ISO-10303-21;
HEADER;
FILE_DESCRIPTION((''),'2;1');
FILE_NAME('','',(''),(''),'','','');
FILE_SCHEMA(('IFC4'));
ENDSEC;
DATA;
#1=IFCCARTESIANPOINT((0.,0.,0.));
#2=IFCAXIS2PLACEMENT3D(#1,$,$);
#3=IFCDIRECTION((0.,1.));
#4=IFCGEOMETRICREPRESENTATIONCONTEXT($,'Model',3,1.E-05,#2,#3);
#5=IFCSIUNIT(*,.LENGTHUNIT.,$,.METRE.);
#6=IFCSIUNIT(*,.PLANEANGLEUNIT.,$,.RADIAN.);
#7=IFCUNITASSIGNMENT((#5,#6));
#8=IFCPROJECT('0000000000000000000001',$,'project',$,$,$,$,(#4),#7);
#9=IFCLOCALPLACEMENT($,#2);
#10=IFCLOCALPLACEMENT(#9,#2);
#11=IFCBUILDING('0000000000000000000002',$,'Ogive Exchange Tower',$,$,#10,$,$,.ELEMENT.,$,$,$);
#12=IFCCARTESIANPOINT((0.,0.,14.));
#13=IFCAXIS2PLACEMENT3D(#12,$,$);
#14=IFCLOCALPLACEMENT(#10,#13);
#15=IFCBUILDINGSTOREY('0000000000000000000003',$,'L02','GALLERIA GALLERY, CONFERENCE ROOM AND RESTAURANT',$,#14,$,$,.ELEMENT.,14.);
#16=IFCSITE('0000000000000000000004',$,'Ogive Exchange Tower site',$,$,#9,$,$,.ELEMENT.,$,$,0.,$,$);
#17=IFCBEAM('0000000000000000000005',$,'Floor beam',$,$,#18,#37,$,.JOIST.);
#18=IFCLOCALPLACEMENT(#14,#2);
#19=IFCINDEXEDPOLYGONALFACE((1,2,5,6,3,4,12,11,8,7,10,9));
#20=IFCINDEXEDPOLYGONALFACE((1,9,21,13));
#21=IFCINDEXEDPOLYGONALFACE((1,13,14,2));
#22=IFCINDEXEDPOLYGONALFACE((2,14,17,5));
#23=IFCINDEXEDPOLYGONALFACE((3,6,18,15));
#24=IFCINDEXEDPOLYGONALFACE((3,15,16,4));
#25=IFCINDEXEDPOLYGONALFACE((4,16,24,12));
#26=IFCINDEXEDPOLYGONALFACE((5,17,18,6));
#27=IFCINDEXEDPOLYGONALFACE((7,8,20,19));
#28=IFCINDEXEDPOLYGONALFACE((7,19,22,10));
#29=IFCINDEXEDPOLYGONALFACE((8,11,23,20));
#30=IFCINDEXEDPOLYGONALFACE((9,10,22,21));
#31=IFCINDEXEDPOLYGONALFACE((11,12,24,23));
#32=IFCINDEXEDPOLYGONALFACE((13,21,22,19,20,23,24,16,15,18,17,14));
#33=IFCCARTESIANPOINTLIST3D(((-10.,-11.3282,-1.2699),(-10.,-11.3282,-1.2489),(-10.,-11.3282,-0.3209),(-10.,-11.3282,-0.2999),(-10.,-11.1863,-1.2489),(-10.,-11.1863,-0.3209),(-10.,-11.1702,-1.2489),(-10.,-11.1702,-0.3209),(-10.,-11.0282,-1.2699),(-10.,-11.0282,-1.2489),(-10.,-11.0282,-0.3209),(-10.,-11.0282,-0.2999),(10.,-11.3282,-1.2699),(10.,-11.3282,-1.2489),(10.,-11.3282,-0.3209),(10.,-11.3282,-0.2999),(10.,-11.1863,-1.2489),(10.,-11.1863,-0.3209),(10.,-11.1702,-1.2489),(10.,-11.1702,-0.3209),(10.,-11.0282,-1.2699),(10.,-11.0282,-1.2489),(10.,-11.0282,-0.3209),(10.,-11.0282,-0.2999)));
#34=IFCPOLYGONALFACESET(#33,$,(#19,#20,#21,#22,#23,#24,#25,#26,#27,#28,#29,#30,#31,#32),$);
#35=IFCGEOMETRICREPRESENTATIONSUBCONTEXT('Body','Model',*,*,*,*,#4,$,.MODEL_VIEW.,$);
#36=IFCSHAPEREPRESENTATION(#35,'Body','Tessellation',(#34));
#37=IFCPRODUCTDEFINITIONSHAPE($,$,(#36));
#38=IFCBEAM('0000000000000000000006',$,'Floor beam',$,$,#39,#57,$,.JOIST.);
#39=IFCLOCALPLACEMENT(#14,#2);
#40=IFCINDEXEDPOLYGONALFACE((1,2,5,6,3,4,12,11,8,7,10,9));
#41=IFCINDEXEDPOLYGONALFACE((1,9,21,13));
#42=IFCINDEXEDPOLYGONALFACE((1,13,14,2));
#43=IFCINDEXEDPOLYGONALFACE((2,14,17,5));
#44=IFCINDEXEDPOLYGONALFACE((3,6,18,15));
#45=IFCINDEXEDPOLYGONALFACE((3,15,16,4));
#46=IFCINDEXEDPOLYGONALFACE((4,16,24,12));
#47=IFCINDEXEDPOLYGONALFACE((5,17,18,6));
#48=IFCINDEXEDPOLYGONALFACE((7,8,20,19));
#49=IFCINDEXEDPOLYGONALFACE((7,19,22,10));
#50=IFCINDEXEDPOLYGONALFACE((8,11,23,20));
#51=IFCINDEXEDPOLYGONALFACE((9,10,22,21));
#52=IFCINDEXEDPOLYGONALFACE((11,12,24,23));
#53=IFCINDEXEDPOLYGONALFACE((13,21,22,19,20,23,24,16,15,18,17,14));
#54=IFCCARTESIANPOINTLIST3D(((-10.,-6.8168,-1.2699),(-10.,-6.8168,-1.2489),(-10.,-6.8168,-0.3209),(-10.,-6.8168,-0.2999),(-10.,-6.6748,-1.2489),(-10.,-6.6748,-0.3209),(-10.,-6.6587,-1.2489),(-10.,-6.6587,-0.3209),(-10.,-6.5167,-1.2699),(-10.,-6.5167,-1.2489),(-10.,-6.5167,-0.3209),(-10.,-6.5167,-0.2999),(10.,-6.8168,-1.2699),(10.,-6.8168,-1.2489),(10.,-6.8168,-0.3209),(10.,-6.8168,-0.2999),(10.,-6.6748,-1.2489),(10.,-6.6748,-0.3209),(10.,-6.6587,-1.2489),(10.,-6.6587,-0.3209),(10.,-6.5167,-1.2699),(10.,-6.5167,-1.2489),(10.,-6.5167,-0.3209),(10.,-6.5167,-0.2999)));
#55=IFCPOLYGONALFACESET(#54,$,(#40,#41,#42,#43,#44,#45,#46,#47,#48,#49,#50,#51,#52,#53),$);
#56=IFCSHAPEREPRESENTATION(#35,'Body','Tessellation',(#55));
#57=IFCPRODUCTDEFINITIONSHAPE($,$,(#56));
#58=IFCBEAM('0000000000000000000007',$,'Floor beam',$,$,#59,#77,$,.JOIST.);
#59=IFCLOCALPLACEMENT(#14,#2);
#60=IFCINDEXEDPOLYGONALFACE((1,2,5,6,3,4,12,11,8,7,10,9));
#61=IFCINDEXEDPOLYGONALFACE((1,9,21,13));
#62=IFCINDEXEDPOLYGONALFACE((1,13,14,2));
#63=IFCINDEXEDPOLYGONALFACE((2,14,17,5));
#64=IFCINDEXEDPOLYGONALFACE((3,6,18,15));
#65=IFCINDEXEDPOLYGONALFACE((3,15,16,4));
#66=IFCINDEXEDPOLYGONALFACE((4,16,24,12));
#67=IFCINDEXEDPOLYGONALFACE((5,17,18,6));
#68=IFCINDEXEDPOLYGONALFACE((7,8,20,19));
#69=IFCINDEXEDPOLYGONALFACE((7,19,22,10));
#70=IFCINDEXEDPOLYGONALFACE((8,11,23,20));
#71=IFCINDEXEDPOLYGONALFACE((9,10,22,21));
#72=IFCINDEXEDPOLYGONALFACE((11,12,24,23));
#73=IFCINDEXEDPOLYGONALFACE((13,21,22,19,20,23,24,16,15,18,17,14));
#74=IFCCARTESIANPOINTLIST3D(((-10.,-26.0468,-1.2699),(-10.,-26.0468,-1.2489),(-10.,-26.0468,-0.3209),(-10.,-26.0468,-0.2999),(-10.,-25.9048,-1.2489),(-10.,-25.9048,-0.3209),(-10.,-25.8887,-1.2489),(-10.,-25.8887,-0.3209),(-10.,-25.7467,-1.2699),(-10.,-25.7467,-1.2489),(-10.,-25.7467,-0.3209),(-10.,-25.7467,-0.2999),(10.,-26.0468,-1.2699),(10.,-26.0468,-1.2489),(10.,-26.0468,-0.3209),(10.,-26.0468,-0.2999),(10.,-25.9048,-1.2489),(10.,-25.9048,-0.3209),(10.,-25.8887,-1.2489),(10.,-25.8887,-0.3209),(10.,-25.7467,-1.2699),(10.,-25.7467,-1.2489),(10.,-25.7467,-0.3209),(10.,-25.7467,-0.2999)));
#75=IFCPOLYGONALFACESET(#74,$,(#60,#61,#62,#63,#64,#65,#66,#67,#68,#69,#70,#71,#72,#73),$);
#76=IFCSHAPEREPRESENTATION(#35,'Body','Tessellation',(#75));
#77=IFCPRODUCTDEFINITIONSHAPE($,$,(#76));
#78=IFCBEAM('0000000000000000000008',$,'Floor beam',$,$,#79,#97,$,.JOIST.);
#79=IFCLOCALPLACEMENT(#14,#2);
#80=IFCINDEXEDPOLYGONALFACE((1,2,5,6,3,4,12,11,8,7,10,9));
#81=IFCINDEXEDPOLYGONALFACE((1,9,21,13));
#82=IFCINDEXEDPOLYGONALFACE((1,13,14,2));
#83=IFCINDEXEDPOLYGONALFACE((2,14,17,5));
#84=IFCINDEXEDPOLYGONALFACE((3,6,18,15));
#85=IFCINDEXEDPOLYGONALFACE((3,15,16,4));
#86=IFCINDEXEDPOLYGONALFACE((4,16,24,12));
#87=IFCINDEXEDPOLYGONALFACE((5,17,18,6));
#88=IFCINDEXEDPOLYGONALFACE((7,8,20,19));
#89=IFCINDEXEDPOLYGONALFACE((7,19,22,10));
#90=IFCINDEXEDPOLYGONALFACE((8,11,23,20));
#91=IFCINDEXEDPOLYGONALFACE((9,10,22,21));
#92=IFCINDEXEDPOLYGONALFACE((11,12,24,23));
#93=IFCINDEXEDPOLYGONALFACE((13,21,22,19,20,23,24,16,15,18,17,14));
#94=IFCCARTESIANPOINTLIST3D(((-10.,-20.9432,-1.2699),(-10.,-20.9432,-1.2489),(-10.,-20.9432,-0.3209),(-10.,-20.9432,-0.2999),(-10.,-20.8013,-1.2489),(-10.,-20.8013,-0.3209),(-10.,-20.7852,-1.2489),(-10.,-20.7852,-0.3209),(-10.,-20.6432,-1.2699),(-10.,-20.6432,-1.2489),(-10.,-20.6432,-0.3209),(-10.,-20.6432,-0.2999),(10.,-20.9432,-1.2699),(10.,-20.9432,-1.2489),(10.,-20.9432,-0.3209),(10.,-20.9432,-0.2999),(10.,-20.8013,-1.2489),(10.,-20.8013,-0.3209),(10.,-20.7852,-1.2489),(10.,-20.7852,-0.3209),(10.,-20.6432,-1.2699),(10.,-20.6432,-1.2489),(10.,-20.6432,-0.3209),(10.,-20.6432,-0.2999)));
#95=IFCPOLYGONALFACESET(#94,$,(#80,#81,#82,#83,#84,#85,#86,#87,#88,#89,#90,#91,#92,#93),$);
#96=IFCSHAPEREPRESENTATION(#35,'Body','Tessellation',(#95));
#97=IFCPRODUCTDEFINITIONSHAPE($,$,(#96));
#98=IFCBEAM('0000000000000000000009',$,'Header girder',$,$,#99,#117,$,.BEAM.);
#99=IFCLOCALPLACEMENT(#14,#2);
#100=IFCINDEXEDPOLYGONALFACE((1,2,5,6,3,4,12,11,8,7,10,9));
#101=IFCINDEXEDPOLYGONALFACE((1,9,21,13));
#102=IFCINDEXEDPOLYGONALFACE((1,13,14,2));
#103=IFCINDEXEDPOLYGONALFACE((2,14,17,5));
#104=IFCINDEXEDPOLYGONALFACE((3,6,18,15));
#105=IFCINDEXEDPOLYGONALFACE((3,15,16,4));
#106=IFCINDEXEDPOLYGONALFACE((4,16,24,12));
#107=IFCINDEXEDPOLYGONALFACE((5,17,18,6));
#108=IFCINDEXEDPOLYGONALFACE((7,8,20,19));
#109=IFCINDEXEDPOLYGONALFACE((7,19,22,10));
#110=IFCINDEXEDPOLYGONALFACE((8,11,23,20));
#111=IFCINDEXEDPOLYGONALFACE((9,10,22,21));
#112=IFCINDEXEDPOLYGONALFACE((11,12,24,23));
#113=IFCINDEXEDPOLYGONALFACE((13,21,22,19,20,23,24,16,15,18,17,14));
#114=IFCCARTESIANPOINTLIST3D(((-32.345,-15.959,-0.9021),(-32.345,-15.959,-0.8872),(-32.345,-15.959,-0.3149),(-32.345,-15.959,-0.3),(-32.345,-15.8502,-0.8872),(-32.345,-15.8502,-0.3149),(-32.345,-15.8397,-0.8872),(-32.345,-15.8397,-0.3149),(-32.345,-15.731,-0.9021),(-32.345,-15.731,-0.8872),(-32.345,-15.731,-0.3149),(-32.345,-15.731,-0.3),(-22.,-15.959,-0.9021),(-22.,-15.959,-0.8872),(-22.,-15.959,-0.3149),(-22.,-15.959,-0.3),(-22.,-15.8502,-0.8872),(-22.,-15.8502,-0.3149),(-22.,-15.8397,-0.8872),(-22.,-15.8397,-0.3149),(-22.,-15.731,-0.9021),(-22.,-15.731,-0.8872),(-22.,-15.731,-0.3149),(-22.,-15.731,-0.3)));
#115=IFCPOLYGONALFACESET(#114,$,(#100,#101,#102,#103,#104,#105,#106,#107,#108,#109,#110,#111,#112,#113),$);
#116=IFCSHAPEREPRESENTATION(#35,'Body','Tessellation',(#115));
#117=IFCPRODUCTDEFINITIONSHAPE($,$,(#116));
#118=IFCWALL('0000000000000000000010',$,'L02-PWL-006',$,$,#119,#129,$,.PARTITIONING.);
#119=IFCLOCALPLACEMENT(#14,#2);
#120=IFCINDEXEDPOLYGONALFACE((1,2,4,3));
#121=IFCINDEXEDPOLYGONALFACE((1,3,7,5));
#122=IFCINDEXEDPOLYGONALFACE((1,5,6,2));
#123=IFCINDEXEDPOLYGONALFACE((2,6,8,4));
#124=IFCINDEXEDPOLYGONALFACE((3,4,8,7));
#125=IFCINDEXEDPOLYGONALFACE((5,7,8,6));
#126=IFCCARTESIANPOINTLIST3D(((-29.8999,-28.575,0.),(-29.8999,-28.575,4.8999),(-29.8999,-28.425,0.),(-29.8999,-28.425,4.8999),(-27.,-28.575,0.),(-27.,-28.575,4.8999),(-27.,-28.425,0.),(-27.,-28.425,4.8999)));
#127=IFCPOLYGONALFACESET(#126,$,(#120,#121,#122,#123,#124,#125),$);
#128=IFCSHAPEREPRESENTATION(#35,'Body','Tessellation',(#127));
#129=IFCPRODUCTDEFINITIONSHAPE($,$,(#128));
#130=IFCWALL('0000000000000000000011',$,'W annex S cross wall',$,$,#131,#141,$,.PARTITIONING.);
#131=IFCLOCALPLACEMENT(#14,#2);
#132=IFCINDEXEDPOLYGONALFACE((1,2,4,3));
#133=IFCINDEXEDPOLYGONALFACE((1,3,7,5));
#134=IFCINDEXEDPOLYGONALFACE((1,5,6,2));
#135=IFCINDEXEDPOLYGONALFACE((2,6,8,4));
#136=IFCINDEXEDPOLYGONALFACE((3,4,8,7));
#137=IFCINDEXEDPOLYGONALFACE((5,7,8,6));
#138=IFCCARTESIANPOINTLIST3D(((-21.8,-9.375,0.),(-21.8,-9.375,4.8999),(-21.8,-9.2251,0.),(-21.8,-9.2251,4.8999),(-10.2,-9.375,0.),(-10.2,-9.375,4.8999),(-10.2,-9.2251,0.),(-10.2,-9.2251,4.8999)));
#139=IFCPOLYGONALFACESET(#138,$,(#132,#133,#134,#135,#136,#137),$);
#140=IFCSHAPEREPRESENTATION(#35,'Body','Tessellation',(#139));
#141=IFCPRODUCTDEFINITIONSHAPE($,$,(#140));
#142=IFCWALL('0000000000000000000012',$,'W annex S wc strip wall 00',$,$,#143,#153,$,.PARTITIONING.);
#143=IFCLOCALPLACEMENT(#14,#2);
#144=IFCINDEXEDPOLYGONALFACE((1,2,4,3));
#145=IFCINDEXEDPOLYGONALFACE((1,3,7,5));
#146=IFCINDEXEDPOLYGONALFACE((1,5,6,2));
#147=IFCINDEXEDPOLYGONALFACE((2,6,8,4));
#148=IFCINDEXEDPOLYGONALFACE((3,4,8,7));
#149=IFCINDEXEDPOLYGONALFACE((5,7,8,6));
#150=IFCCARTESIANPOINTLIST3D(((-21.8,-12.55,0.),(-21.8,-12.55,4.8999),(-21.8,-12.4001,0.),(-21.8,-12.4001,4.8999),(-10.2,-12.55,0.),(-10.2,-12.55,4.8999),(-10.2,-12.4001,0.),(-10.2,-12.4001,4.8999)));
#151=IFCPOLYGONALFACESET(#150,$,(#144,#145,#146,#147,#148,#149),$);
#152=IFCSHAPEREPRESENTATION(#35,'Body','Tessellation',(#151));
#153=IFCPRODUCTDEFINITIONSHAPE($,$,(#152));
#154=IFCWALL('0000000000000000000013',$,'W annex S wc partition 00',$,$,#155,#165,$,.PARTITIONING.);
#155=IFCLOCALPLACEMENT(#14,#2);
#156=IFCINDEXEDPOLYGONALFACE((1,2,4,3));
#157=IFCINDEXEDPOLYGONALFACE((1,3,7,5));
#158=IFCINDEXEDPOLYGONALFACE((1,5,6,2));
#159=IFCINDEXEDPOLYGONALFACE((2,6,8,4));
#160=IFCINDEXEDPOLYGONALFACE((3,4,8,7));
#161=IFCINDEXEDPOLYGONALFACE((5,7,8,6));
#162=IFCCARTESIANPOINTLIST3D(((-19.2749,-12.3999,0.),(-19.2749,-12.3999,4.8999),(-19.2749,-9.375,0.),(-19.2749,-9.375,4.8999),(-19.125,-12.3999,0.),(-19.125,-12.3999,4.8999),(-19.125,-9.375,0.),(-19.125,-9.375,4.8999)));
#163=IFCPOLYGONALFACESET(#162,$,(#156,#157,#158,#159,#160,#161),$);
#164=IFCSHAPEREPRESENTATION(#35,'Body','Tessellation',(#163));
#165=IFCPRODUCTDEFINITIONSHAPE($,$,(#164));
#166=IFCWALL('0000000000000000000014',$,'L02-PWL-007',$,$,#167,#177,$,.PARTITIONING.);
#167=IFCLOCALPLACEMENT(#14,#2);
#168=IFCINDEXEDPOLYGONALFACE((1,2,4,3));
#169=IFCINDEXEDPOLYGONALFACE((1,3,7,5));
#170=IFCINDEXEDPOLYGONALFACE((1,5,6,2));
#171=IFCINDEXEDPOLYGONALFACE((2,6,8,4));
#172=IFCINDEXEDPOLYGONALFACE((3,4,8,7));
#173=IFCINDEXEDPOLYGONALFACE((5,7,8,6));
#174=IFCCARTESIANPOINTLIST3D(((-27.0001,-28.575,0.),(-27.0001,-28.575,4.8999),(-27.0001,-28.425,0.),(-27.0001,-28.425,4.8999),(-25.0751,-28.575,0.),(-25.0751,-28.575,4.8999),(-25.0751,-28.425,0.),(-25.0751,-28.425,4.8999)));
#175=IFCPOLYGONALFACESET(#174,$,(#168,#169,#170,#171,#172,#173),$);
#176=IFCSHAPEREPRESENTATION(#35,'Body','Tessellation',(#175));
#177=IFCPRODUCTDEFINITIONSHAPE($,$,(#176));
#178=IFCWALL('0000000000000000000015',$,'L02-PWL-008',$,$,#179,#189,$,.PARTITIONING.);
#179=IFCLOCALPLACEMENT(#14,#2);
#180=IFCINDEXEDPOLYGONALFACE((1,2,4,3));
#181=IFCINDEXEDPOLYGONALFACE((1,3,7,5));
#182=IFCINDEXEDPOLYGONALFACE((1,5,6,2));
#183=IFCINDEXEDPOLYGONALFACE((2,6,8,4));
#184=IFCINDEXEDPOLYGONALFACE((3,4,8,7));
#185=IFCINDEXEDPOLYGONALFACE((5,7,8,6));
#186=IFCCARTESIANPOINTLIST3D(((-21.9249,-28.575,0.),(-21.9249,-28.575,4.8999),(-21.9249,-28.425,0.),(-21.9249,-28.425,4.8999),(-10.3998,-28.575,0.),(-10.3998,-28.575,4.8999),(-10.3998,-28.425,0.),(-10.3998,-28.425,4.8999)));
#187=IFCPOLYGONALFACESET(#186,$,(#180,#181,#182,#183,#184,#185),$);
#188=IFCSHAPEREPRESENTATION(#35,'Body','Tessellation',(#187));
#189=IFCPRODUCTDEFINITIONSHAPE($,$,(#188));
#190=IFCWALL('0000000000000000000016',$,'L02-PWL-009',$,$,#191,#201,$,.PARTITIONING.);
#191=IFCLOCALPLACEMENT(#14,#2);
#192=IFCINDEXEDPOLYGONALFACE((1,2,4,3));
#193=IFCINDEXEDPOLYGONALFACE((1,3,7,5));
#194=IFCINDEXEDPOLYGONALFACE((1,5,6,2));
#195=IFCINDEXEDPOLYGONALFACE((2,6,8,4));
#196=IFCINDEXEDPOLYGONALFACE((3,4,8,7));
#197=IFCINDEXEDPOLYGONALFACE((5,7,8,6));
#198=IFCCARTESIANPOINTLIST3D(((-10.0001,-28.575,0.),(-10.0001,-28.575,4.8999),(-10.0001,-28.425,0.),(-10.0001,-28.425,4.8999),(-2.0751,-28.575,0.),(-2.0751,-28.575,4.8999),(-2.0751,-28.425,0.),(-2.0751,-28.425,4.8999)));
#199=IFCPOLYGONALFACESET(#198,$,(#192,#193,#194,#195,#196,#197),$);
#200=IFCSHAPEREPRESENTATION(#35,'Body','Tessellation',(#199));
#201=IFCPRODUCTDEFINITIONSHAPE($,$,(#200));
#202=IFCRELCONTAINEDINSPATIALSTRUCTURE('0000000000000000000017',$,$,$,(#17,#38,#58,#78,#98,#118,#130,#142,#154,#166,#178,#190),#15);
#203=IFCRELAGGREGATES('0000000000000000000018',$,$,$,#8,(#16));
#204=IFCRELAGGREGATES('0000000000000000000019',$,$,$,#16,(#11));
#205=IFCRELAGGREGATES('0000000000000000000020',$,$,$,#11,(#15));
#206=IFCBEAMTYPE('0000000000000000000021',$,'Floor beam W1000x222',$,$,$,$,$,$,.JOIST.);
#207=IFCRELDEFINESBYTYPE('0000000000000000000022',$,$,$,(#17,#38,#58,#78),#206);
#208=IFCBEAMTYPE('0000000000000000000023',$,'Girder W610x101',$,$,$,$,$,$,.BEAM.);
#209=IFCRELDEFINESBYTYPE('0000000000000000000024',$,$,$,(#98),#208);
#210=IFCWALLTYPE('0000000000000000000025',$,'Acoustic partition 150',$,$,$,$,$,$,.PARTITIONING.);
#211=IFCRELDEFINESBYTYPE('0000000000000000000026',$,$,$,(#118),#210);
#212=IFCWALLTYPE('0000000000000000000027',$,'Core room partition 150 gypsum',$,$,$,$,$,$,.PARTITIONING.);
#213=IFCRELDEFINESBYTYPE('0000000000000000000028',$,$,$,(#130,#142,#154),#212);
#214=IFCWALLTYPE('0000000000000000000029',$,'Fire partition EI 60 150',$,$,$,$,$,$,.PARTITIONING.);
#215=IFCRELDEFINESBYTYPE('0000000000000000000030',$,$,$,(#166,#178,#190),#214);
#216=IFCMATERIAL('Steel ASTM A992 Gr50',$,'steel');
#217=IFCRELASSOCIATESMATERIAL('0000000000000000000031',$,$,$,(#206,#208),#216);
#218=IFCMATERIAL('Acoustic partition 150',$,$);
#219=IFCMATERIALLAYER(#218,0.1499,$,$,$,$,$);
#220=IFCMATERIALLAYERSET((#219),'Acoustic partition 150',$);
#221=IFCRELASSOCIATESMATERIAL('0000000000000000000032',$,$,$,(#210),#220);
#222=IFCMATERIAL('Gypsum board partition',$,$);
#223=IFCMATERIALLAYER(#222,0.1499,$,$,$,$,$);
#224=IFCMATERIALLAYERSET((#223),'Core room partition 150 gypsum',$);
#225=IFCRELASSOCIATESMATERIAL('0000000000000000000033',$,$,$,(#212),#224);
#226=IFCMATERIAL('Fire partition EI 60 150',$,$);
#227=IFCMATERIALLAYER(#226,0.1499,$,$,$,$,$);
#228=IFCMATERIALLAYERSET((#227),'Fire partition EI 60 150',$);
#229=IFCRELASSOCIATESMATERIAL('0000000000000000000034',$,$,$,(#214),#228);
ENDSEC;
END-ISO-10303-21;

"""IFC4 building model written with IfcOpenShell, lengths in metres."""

from ifc_helpers import new_model, si_unit, direction, frame, frame_2d, origin, origin_2d, place, context, subcontext, project, spatial, rectangle, i_section, extrude, material, layer, layer_set, material_profile, profile_set, type_object, element, save


model = new_model("IFC4")

# Units and contexts
model_context = context("Model", 3, precision=1e-05, world=origin(), true_north=direction((0.0, 1.0)))
body_context = subcontext(model_context, "Body", "Model", "MODEL_VIEW")
ifc_project = project(units=[si_unit("LENGTHUNIT", "METRE"), si_unit("PLANEANGLEUNIT", "RADIAN")], contexts=[model_context])

# Site, building, storey
site_placement = place(None, origin())
site = spatial("IfcSite", under=ifc_project, at=site_placement, Name="Ogive Exchange Tower site", CompositionType="ELEMENT", RefElevation=0.0)
building_placement = place(site_placement, origin())
building = spatial("IfcBuilding", under=site, at=building_placement, Name="Ogive Exchange Tower", CompositionType="ELEMENT")
storey_placement = place(building_placement, frame((0.0, 0.0, 14.0)))
storey = spatial("IfcBuildingStorey", under=building, at=storey_placement, Name="L02", Description="GALLERIA GALLERY, CONFERENCE ROOM AND RESTAURANT", CompositionType="ELEMENT", Elevation=14.0)

# Beams
ifc_material_1 = material(Name="Steel ASTM A992 Gr50", Category="steel")
ifc_material_profile_1 = material_profile(ifc_material_1, i_section(OverallWidth=0.3, OverallDepth=0.97, WebThickness=0.0161, FlangeThickness=0.021, at=origin_2d()), Name="W1000x222")
ifc_profile_set_1 = profile_set([ifc_material_profile_1], Name="Steel ASTM A992 Gr50")
beam_type_1 = type_object("IfcBeamType", Name="Floor beam W1000x222", PredefinedType="JOIST", material=ifc_profile_set_1)
for number, where, z_axis, x_axis, name in (
    (1, (-10.0, -11.1782, -0.7849), (1.0, 0.0, 0.0), (0.0, 1.0, 0.0), "Floor beam"),
    (2, (-10.0, -6.6667, -0.7849), (1.0, 0.0, 0.0), (0.0, 1.0, 0.0), "Floor beam"),
    (3, (-10.0, -25.8967, -0.7849), (1.0, 0.0, 0.0), (0.0, 1.0, 0.0), "Floor beam"),
    (4, (-10.0, -20.7932, -0.7849), (1.0, 0.0, 0.0), (0.0, 1.0, 0.0), "Floor beam"),
):
    element("IfcBeam", number, at=place(storey_placement, frame(where, z_axis=z_axis, x_axis=x_axis)), inside=storey, type_object=beam_type_1, Name=name, PredefinedType="JOIST", context=body_context, shape_type="SweptSolid", body=[
        extrude(i_section(OverallWidth=0.3, OverallDepth=0.97, WebThickness=0.0161, FlangeThickness=0.021, at=origin_2d()), origin(), (0.0, 0.0, 1.0), 20.0),
    ])
ifc_material_profile_2 = material_profile(ifc_material_1, i_section(OverallWidth=0.228, OverallDepth=0.6021, WebThickness=0.0105, FlangeThickness=0.0149, at=origin_2d()), Name="W610x101")
ifc_profile_set_2 = profile_set([ifc_material_profile_2], Name="Steel ASTM A992 Gr50")
beam_type_2 = type_object("IfcBeamType", Name="Girder W610x101", PredefinedType="BEAM", material=ifc_profile_set_2)
beam_placement = place(storey_placement, frame((-22.0, -15.845, -0.6011), z_axis=(-1.0, 0.0, 0.0), x_axis=(0.0, -1.0, 0.0)))
element("IfcBeam", 5, at=beam_placement, inside=storey, type_object=beam_type_2, Name="Header girder", PredefinedType="BEAM", context=body_context, shape_type="SweptSolid", body=[
    extrude(i_section(OverallWidth=0.228, OverallDepth=0.6021, WebThickness=0.0105, FlangeThickness=0.0149, at=origin_2d()), origin(), (0.0, 0.0, 1.0), 10.345),
])

# Walls
ifc_material_2 = material(Name="Acoustic partition 150")
ifc_layer_1 = layer(ifc_material_2, 0.1499)
ifc_layer_set_1 = layer_set([ifc_layer_1], Name="Acoustic partition 150")
wall_type_1 = type_object("IfcWallType", Name="Acoustic partition 150", PredefinedType="PARTITIONING", material=ifc_layer_set_1)
wall_1_placement = place(storey_placement, frame((-29.8999, -28.5, 0.0), z_axis=(0.0, 0.0, 1.0), x_axis=(1.0, 0.0, 0.0)))
element("IfcWall", 6, at=wall_1_placement, inside=storey, type_object=wall_type_1, Name="L02-PWL-006", PredefinedType="PARTITIONING", context=body_context, shape_type="SweptSolid", body=[
    extrude(rectangle(XDim=2.8999, YDim=0.1499, at=frame_2d((1.45, 0.0))), origin(), (0.0, 0.0, 1.0), 4.8999),
])
ifc_material_3 = material(Name="Gypsum board partition")
ifc_layer_2 = layer(ifc_material_3, 0.1499)
ifc_layer_set_2 = layer_set([ifc_layer_2], Name="Core room partition 150 gypsum")
wall_type_2 = type_object("IfcWallType", Name="Core room partition 150 gypsum", PredefinedType="PARTITIONING", material=ifc_layer_set_2)
for number, where, z_axis, x_axis, name in (
    (7, (-21.8, -9.3, 0.0), (0.0, 0.0, 1.0), (1.0, 0.0, 0.0), "W annex S cross wall"),
    (8, (-21.8, -12.4751, 0.0), (0.0, 0.0, 1.0), (1.0, 0.0, 0.0), "W annex S wc strip wall 00"),
):
    element("IfcWall", number, at=place(storey_placement, frame(where, z_axis=z_axis, x_axis=x_axis)), inside=storey, type_object=wall_type_2, Name=name, PredefinedType="PARTITIONING", context=body_context, shape_type="SweptSolid", body=[
        extrude(rectangle(XDim=11.6001, YDim=0.1499, at=frame_2d((5.8, 0.0))), origin(), (0.0, 0.0, 1.0), 4.8999),
    ])
wall_2_placement = place(storey_placement, frame((-19.2, -12.3999, 0.0), z_axis=(0.0, 0.0, 1.0), x_axis=(0.0, 1.0, 0.0)))
element("IfcWall", 9, at=wall_2_placement, inside=storey, type_object=wall_type_2, Name="W annex S wc partition 00", PredefinedType="PARTITIONING", context=body_context, shape_type="SweptSolid", body=[
    extrude(rectangle(XDim=3.0249, YDim=0.1499, at=frame_2d((1.5125, 0.0))), origin(), (0.0, 0.0, 1.0), 4.8999),
])
ifc_material_4 = material(Name="Fire partition EI 60 150")
ifc_layer_3 = layer(ifc_material_4, 0.1499)
ifc_layer_set_3 = layer_set([ifc_layer_3], Name="Fire partition EI 60 150")
wall_type_3 = type_object("IfcWallType", Name="Fire partition EI 60 150", PredefinedType="PARTITIONING", material=ifc_layer_set_3)
wall_3_placement = place(storey_placement, frame((-27.0, -28.5, 0.0), z_axis=(0.0, 0.0, 1.0), x_axis=(1.0, 0.0, 0.0)))
element("IfcWall", 10, at=wall_3_placement, inside=storey, type_object=wall_type_3, Name="L02-PWL-007", PredefinedType="PARTITIONING", context=body_context, shape_type="SweptSolid", body=[
    extrude(rectangle(XDim=1.925, YDim=0.1499, at=frame_2d((0.9624, 0.0))), origin(), (0.0, 0.0, 1.0), 4.8999),
])
wall_4_placement = place(storey_placement, frame((-21.925, -28.5, 0.0), z_axis=(0.0, 0.0, 1.0), x_axis=(1.0, 0.0, 0.0)))
element("IfcWall", 11, at=wall_4_placement, inside=storey, type_object=wall_type_3, Name="L02-PWL-008", PredefinedType="PARTITIONING", context=body_context, shape_type="SweptSolid", body=[
    extrude(rectangle(XDim=11.5251, YDim=0.1499, at=frame_2d((5.7627, 0.0))), origin(), (0.0, 0.0, 1.0), 4.8999),
])
wall_5_placement = place(storey_placement, frame((-10.0, -28.5, 0.0), z_axis=(0.0, 0.0, 1.0), x_axis=(1.0, 0.0, 0.0)))
element("IfcWall", 12, at=wall_5_placement, inside=storey, type_object=wall_type_3, Name="L02-PWL-009", PredefinedType="PARTITIONING", context=body_context, shape_type="SweptSolid", body=[
    extrude(rectangle(XDim=7.925, YDim=0.1499, at=frame_2d((3.9624, 0.0))), origin(), (0.0, 0.0, 1.0), 4.8999),
])

save(model, "model.ifc")
